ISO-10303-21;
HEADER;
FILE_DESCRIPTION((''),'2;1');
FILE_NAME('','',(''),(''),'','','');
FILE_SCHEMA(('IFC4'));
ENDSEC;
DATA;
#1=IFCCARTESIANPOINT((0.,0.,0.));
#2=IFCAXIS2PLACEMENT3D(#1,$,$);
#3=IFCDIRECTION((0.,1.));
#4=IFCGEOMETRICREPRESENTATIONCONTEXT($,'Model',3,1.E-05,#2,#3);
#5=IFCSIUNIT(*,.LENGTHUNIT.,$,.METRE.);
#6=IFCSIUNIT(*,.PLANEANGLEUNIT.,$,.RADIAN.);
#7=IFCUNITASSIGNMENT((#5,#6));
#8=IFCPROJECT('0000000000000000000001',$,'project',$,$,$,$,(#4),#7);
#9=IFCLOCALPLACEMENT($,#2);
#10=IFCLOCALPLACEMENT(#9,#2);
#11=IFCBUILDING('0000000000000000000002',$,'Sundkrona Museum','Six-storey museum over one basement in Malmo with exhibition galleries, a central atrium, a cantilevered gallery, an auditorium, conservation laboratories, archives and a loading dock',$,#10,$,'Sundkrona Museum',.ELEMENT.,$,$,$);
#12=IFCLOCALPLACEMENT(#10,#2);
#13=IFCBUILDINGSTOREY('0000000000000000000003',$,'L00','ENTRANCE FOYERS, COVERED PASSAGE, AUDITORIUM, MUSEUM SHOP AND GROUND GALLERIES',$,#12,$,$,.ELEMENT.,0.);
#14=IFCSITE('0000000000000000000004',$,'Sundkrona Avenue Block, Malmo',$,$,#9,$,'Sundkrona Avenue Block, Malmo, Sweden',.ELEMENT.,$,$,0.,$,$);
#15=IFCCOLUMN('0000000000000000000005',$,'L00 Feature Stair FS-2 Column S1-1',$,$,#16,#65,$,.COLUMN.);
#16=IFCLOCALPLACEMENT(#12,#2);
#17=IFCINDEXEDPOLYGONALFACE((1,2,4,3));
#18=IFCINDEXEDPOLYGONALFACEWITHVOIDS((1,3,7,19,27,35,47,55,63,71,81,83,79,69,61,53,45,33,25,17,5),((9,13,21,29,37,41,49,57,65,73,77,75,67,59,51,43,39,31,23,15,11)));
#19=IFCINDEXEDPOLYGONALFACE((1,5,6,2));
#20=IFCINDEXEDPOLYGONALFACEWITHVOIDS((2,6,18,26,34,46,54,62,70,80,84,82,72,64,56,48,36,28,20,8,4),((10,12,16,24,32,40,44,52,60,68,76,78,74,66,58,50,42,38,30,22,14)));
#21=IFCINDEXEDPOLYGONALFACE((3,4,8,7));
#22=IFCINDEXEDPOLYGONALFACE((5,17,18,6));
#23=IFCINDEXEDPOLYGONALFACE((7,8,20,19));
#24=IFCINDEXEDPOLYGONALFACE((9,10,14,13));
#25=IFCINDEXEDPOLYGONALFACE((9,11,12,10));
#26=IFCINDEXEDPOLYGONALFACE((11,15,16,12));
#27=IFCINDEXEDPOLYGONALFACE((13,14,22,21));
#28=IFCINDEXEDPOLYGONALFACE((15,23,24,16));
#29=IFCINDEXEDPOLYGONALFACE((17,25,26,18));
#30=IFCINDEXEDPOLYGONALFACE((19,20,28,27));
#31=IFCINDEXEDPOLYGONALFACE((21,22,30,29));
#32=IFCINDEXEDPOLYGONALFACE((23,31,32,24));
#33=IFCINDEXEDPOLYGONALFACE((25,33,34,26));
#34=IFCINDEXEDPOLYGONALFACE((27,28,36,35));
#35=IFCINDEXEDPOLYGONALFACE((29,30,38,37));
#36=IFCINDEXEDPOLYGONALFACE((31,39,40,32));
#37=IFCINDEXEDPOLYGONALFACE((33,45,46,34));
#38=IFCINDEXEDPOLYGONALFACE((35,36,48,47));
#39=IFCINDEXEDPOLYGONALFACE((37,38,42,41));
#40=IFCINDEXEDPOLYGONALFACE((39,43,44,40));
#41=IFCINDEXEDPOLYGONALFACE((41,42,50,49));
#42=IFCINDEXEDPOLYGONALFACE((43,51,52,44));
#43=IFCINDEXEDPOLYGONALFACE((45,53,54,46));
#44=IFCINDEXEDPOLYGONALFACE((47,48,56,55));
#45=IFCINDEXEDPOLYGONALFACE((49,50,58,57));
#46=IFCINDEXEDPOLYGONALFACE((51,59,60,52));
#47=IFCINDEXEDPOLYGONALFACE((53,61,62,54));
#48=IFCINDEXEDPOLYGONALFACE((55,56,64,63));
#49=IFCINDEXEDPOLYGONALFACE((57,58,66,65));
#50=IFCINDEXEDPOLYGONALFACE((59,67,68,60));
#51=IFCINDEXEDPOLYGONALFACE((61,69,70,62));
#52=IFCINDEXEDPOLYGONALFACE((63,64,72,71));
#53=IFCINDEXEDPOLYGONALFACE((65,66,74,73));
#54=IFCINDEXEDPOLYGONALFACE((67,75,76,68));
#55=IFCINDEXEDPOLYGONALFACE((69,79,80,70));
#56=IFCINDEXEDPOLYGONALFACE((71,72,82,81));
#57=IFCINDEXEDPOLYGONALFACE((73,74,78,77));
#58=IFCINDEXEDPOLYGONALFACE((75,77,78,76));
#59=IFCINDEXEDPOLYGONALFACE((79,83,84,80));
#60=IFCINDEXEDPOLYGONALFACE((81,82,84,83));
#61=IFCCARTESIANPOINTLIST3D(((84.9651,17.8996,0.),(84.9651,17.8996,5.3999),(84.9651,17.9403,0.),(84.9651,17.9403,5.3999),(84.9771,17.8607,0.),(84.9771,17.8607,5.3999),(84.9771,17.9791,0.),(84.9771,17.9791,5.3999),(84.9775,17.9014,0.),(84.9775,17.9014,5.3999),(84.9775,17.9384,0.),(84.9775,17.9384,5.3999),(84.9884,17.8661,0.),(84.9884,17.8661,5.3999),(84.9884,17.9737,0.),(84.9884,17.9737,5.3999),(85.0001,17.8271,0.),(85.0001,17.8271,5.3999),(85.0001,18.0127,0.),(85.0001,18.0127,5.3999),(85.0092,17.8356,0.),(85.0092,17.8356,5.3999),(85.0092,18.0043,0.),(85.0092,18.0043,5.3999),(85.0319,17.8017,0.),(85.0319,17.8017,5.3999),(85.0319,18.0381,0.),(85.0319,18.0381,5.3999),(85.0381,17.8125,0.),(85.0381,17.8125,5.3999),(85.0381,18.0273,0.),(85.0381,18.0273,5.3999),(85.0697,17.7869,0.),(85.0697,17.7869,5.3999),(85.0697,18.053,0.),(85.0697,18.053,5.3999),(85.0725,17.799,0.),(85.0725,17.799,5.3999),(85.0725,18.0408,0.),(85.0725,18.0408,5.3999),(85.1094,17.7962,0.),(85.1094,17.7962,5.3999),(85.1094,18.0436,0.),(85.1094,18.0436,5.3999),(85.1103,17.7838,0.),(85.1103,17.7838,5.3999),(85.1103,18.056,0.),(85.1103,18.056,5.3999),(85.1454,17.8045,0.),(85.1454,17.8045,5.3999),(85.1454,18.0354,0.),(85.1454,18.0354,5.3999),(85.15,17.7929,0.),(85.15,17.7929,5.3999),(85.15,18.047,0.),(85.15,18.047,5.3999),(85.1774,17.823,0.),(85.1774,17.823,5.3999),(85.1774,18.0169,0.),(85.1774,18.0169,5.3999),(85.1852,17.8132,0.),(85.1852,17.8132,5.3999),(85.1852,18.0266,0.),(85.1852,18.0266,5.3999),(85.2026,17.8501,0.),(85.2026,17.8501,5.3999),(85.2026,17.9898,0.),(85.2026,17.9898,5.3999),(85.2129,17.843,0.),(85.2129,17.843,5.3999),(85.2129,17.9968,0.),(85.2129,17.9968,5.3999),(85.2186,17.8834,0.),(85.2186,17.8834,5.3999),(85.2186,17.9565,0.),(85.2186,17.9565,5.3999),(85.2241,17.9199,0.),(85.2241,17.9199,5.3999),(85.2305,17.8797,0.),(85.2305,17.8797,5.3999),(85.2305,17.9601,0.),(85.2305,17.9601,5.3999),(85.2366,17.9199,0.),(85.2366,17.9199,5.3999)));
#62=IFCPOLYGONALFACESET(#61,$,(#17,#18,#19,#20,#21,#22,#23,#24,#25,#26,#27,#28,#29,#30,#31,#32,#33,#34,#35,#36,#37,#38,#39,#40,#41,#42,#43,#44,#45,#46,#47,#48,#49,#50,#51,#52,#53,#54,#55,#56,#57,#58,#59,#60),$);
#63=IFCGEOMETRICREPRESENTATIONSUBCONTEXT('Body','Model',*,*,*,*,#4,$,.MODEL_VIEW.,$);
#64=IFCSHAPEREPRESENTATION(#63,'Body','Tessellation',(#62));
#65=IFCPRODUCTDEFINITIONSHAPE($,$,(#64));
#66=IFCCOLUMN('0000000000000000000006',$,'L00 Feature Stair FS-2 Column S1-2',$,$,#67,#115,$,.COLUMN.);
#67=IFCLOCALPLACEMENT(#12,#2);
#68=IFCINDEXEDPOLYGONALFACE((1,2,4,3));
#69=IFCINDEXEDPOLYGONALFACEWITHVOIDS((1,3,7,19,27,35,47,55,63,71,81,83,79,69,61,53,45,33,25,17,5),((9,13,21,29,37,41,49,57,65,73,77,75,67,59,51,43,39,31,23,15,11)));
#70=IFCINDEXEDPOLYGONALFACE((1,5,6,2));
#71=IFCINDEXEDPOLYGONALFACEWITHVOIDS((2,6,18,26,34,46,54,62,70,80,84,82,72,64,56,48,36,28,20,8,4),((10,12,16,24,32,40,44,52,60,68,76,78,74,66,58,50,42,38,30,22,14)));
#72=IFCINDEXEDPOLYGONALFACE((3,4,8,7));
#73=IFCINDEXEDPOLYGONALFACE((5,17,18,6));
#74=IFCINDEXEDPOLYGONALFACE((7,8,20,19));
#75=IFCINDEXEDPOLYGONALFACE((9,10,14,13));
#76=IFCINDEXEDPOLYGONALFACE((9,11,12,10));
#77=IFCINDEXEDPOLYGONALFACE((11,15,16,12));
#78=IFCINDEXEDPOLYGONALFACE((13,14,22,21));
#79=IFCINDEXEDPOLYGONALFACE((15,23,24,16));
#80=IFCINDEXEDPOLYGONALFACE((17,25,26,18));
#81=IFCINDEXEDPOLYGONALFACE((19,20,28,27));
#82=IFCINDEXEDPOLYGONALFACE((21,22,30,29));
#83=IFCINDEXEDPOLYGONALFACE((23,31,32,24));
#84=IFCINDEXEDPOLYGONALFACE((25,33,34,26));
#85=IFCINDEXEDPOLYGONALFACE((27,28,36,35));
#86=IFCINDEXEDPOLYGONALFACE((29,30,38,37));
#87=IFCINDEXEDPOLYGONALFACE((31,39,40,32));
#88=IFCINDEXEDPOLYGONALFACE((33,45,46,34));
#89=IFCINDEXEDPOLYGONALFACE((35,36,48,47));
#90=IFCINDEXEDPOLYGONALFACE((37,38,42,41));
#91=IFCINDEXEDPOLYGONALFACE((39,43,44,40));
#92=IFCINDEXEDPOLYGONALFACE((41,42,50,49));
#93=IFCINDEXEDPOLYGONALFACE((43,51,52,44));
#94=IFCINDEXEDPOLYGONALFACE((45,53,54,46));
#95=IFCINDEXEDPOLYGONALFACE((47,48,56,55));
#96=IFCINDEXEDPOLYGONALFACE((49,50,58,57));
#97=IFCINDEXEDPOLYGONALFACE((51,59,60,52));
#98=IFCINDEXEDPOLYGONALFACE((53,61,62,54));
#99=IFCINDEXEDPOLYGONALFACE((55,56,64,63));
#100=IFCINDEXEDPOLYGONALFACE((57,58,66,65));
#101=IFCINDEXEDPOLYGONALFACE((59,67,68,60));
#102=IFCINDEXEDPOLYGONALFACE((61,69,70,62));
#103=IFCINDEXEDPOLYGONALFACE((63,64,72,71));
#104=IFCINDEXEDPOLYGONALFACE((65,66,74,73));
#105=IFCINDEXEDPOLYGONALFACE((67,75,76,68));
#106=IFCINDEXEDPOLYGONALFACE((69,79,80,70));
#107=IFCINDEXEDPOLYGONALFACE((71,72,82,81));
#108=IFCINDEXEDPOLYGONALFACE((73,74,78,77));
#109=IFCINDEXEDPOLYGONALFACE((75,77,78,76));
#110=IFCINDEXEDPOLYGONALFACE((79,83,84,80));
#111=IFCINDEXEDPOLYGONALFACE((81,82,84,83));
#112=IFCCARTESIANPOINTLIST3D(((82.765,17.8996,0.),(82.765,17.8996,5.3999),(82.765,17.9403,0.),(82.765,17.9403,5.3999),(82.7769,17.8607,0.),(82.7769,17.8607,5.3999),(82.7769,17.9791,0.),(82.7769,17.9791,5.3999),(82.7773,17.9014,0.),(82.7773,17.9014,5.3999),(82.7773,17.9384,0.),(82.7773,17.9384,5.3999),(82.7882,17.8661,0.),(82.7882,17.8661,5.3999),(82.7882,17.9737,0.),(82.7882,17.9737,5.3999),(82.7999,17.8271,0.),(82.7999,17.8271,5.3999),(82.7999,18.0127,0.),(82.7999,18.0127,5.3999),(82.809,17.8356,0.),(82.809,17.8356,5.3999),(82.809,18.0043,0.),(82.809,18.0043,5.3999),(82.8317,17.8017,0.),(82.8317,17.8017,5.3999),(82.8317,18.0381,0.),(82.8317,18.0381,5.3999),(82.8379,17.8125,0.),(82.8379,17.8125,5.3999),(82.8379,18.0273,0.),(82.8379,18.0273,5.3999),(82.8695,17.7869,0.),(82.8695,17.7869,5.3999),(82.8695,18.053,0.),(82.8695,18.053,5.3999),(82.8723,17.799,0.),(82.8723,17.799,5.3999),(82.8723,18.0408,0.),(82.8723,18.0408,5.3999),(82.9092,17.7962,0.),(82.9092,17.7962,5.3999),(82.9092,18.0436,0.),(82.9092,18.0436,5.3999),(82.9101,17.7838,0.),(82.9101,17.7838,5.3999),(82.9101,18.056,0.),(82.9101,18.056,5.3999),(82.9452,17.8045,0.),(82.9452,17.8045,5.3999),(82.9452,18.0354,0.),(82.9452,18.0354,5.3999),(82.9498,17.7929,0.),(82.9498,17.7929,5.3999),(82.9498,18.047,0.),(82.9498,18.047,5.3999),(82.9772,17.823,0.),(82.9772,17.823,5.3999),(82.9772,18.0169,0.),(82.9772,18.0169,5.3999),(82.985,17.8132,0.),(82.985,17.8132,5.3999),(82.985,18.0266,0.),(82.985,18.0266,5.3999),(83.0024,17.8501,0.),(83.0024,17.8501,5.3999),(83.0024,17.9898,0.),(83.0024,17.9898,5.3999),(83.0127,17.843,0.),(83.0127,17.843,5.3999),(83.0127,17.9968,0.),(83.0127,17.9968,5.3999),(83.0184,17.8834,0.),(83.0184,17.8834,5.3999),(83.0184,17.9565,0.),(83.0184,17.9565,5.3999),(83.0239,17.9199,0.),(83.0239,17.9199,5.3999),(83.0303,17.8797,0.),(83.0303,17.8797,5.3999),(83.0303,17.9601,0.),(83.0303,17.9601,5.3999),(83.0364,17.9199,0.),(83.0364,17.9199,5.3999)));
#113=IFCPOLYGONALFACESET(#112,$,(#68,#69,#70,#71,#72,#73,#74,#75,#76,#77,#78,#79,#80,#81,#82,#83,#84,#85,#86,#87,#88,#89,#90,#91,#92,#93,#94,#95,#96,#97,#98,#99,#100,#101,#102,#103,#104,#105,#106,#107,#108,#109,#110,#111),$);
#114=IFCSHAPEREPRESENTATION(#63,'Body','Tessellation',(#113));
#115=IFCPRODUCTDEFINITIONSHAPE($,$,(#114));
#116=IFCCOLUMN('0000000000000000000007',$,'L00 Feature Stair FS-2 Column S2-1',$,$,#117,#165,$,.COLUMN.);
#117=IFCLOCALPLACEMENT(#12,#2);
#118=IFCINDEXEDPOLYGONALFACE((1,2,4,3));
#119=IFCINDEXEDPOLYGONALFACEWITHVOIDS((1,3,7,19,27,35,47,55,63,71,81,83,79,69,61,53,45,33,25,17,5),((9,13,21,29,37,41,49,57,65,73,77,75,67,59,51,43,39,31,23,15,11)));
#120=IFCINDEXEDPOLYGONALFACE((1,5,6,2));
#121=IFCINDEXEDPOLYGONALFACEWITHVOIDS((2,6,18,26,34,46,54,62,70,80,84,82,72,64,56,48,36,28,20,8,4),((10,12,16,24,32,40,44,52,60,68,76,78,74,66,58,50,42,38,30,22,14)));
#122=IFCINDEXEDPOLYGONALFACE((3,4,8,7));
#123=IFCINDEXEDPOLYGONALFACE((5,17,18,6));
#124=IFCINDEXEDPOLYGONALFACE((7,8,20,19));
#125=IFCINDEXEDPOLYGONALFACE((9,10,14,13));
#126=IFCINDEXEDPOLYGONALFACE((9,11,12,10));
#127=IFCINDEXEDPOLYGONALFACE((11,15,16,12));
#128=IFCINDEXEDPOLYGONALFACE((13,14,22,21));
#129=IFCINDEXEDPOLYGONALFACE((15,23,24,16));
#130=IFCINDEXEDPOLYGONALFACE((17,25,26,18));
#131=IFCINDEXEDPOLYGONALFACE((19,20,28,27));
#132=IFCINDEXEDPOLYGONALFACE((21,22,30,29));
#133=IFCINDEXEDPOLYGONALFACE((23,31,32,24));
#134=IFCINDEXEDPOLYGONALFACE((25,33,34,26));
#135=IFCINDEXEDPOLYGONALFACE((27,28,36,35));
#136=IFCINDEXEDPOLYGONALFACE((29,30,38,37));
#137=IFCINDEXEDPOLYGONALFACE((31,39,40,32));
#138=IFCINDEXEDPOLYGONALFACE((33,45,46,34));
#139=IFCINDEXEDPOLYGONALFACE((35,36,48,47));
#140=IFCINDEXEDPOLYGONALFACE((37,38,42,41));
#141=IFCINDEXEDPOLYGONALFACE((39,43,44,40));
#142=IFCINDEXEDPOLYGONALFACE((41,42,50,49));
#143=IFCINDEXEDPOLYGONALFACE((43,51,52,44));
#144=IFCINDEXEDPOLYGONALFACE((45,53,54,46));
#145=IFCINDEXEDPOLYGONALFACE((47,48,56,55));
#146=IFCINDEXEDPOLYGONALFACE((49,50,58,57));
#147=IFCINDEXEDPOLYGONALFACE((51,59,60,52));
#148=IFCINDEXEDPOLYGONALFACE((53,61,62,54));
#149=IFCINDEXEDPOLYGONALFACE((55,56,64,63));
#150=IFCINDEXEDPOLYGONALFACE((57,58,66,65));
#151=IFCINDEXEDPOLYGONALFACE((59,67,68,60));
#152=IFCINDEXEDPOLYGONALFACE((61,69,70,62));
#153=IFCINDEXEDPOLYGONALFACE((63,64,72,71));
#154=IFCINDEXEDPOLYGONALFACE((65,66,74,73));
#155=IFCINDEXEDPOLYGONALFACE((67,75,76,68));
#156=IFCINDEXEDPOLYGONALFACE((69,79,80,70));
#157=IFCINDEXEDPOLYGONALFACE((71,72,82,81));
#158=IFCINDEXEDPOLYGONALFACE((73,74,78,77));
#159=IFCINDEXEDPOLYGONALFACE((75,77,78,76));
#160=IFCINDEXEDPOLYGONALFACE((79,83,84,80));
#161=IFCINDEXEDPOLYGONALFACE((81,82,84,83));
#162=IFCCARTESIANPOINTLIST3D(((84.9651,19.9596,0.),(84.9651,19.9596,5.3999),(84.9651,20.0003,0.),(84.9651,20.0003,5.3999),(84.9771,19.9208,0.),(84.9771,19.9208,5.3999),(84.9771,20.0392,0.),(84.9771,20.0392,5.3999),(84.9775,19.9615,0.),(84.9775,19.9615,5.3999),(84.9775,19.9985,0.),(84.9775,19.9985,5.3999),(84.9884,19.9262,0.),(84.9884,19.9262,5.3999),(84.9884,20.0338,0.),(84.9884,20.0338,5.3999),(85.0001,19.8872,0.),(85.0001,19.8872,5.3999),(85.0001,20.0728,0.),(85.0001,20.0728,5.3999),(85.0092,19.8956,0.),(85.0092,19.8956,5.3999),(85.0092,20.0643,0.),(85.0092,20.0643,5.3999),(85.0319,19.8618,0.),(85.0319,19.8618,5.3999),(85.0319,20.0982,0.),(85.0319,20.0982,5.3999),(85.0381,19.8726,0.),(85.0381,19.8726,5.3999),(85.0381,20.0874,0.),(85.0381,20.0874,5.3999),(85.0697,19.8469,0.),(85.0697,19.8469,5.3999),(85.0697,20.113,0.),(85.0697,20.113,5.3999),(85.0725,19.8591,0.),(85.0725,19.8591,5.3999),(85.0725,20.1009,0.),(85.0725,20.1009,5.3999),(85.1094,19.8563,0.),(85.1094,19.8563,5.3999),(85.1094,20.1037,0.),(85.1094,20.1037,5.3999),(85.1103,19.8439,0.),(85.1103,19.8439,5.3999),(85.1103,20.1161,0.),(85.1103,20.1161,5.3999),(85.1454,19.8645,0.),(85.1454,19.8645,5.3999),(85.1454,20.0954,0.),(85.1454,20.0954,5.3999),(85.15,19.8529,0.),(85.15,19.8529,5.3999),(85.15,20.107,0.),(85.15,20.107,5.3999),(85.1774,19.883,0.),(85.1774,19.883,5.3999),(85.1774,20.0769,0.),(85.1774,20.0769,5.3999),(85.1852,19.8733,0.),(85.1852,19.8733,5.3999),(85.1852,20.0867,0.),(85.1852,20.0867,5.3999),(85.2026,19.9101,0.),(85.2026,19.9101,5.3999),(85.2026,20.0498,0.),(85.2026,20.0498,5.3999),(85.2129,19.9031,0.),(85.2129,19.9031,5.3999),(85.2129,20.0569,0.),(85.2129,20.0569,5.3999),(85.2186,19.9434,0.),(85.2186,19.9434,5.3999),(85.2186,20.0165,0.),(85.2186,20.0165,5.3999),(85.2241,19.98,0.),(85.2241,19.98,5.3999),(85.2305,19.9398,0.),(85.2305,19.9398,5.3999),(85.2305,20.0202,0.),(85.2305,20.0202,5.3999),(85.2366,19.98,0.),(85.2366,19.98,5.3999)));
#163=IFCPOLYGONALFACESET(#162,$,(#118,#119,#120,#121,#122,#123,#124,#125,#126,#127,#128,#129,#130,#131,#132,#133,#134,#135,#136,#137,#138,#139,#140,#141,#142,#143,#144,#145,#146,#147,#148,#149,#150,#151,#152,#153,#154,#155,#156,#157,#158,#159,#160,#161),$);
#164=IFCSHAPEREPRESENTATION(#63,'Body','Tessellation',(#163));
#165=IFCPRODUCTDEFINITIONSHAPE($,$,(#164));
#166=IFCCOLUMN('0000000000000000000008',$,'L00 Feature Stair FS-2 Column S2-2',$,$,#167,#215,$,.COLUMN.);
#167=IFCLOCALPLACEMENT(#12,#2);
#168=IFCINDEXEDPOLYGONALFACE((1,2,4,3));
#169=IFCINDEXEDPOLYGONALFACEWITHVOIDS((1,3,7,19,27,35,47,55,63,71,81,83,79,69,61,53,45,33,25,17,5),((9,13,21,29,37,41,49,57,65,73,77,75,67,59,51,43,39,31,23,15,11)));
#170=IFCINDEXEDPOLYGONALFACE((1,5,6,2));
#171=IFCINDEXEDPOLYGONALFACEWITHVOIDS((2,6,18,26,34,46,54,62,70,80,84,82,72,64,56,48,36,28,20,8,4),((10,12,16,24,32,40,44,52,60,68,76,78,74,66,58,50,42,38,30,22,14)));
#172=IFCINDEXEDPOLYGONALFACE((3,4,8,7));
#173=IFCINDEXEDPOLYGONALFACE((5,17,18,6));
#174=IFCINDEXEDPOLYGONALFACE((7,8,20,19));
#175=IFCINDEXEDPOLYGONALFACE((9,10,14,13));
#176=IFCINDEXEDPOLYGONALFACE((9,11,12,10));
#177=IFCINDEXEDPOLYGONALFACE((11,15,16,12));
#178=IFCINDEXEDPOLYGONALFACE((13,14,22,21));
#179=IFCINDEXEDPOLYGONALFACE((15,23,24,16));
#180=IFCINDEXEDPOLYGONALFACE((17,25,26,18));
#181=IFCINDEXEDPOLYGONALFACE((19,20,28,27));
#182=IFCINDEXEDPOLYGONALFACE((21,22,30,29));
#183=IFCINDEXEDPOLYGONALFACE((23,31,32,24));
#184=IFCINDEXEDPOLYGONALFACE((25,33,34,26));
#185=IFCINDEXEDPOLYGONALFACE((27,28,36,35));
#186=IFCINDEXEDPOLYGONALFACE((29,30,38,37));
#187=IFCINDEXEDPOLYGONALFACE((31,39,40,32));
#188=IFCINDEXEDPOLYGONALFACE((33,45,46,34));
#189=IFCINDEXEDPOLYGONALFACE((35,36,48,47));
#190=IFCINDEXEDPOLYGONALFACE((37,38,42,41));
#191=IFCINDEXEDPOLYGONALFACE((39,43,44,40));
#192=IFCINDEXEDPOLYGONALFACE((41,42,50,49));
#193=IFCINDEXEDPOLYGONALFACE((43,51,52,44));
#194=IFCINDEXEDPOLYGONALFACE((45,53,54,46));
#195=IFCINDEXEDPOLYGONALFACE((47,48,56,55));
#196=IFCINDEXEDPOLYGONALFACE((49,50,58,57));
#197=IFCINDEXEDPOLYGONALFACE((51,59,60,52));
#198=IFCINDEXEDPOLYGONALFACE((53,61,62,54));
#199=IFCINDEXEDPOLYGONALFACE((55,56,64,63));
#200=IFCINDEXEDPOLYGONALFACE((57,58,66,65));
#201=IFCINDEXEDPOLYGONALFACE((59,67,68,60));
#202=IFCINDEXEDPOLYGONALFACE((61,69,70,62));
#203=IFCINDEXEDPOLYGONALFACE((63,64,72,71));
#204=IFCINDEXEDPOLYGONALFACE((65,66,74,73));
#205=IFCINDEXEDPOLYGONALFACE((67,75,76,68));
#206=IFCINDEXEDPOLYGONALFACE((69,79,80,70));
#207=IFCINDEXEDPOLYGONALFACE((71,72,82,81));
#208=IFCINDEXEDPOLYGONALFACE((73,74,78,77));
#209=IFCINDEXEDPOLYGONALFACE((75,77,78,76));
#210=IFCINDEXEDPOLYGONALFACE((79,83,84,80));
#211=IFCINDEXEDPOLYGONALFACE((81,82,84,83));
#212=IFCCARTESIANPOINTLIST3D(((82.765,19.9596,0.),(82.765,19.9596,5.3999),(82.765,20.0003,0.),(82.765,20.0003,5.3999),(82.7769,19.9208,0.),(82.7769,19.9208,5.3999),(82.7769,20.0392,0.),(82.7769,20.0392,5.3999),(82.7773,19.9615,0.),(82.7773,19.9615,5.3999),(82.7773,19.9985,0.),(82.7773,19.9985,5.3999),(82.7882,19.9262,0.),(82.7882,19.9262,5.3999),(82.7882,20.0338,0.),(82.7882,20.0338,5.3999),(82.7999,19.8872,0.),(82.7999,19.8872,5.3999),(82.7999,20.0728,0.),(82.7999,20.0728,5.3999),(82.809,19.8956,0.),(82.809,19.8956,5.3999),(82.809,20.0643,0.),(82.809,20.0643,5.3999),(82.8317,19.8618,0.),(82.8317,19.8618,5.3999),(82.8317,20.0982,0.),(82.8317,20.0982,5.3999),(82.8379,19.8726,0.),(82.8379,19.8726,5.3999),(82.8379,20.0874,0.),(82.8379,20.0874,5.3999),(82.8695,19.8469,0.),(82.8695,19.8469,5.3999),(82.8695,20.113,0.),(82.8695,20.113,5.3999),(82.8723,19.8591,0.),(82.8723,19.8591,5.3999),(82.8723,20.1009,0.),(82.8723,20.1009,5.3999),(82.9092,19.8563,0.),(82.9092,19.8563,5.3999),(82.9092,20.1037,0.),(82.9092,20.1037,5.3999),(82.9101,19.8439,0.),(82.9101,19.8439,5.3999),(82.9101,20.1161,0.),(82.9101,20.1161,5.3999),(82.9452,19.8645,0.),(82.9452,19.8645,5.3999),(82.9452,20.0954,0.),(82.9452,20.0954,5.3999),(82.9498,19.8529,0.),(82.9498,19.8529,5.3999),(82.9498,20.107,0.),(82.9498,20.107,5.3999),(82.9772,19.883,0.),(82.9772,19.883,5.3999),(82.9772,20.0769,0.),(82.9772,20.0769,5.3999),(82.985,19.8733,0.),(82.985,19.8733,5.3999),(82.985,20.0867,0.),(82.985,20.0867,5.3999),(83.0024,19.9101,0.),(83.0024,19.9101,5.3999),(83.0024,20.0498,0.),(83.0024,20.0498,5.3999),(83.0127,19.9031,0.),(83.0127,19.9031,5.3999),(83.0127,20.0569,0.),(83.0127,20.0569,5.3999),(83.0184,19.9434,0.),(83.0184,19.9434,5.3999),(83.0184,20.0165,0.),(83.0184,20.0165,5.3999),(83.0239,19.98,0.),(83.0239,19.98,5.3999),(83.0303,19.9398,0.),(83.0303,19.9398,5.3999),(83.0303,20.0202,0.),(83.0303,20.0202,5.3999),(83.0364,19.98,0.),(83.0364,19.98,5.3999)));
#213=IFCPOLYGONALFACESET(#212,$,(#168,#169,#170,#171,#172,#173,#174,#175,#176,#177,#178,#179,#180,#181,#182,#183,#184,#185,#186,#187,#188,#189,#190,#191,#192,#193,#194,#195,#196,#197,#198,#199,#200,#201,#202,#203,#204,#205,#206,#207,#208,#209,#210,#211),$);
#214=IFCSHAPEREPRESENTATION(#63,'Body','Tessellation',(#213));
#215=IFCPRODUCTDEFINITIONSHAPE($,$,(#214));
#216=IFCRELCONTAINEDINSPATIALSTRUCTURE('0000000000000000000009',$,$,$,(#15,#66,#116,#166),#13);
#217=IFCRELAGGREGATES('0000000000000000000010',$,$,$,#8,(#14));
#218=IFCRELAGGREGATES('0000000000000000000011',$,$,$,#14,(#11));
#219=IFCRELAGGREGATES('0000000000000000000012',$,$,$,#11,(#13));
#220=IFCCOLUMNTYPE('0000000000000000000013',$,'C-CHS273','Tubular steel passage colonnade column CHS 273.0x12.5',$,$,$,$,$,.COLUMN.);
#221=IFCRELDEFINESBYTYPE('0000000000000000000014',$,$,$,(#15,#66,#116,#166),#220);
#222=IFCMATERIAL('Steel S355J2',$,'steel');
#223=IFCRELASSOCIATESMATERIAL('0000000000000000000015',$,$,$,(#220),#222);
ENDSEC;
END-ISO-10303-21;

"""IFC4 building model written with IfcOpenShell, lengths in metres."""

from ifc_helpers import new_model, si_unit, direction, frame, origin, origin_2d, place, context, subcontext, project, spatial, hollow_circle, extrude, material, material_profile, profile_set, type_object, element, save


model = new_model("IFC4")

# Units and contexts
model_context = context("Model", 3, precision=1e-05, world=origin(), true_north=direction((0.0, 1.0)))
body_context = subcontext(model_context, "Body", "Model", "MODEL_VIEW")
ifc_project = project(units=[si_unit("LENGTHUNIT", "METRE"), si_unit("PLANEANGLEUNIT", "RADIAN")], contexts=[model_context])

# Site, building, storey
site_placement = place(None, origin())
site = spatial("IfcSite", under=ifc_project, at=site_placement, Name="Sundkrona Avenue Block, Malmo", LongName="Sundkrona Avenue Block, Malmo, Sweden", CompositionType="ELEMENT", RefElevation=0.0)
building_placement = place(site_placement, origin())
building = spatial("IfcBuilding", under=site, at=building_placement, Name="Sundkrona Museum", Description="Six-storey museum over one basement in Malmo with exhibition galleries, a central atrium, a cantilevered gallery, an auditorium, conservation laboratories, archives and a loading dock", LongName="Sundkrona Museum", CompositionType="ELEMENT")
storey_placement = place(building_placement, origin())
storey = spatial("IfcBuildingStorey", under=building, at=storey_placement, Name="L00", Description="ENTRANCE FOYERS, COVERED PASSAGE, AUDITORIUM, MUSEUM SHOP AND GROUND GALLERIES", CompositionType="ELEMENT", Elevation=0.0)

# Columns
ifc_material_1 = material(Name="Steel S355J2", Category="steel")
ifc_material_profile_1 = material_profile(ifc_material_1, hollow_circle(Radius=0.1365, WallThickness=0.0125, at=origin_2d()), Name="CHS 273.0x12.5")
ifc_profile_set_1 = profile_set([ifc_material_profile_1], Name="Steel S355J2")
column_type_1 = type_object("IfcColumnType", Name="C-CHS273", Description="Tubular steel passage colonnade column CHS 273.0x12.5", PredefinedType="COLUMN", material=ifc_profile_set_1)
for number, where, z_axis, x_axis, name in (
    (1, (85.1001, 17.9199, 0.0), (0.0, 0.0, 1.0), (1.0, 0.0, 0.0), "L00 Feature Stair FS-2 Column S1-1"),
    (2, (82.8999, 17.9199, 0.0), (0.0, 0.0, 1.0), (1.0, 0.0, 0.0), "L00 Feature Stair FS-2 Column S1-2"),
    (3, (85.1001, 19.98, 0.0), (0.0, 0.0, 1.0), (1.0, 0.0, 0.0), "L00 Feature Stair FS-2 Column S2-1"),
    (4, (82.8999, 19.98, 0.0), (0.0, 0.0, 1.0), (1.0, 0.0, 0.0), "L00 Feature Stair FS-2 Column S2-2"),
):
    element("IfcColumn", number, at=place(storey_placement, frame(where, z_axis=z_axis, x_axis=x_axis)), inside=storey, type_object=column_type_1, Name=name, PredefinedType="COLUMN", context=body_context, shape_type="SweptSolid", body=[
        extrude(hollow_circle(Radius=0.1365, WallThickness=0.0125, at=origin_2d()), origin(), (0.0, 0.0, 1.0), 5.3999),
    ])

save(model, "model.ifc")
